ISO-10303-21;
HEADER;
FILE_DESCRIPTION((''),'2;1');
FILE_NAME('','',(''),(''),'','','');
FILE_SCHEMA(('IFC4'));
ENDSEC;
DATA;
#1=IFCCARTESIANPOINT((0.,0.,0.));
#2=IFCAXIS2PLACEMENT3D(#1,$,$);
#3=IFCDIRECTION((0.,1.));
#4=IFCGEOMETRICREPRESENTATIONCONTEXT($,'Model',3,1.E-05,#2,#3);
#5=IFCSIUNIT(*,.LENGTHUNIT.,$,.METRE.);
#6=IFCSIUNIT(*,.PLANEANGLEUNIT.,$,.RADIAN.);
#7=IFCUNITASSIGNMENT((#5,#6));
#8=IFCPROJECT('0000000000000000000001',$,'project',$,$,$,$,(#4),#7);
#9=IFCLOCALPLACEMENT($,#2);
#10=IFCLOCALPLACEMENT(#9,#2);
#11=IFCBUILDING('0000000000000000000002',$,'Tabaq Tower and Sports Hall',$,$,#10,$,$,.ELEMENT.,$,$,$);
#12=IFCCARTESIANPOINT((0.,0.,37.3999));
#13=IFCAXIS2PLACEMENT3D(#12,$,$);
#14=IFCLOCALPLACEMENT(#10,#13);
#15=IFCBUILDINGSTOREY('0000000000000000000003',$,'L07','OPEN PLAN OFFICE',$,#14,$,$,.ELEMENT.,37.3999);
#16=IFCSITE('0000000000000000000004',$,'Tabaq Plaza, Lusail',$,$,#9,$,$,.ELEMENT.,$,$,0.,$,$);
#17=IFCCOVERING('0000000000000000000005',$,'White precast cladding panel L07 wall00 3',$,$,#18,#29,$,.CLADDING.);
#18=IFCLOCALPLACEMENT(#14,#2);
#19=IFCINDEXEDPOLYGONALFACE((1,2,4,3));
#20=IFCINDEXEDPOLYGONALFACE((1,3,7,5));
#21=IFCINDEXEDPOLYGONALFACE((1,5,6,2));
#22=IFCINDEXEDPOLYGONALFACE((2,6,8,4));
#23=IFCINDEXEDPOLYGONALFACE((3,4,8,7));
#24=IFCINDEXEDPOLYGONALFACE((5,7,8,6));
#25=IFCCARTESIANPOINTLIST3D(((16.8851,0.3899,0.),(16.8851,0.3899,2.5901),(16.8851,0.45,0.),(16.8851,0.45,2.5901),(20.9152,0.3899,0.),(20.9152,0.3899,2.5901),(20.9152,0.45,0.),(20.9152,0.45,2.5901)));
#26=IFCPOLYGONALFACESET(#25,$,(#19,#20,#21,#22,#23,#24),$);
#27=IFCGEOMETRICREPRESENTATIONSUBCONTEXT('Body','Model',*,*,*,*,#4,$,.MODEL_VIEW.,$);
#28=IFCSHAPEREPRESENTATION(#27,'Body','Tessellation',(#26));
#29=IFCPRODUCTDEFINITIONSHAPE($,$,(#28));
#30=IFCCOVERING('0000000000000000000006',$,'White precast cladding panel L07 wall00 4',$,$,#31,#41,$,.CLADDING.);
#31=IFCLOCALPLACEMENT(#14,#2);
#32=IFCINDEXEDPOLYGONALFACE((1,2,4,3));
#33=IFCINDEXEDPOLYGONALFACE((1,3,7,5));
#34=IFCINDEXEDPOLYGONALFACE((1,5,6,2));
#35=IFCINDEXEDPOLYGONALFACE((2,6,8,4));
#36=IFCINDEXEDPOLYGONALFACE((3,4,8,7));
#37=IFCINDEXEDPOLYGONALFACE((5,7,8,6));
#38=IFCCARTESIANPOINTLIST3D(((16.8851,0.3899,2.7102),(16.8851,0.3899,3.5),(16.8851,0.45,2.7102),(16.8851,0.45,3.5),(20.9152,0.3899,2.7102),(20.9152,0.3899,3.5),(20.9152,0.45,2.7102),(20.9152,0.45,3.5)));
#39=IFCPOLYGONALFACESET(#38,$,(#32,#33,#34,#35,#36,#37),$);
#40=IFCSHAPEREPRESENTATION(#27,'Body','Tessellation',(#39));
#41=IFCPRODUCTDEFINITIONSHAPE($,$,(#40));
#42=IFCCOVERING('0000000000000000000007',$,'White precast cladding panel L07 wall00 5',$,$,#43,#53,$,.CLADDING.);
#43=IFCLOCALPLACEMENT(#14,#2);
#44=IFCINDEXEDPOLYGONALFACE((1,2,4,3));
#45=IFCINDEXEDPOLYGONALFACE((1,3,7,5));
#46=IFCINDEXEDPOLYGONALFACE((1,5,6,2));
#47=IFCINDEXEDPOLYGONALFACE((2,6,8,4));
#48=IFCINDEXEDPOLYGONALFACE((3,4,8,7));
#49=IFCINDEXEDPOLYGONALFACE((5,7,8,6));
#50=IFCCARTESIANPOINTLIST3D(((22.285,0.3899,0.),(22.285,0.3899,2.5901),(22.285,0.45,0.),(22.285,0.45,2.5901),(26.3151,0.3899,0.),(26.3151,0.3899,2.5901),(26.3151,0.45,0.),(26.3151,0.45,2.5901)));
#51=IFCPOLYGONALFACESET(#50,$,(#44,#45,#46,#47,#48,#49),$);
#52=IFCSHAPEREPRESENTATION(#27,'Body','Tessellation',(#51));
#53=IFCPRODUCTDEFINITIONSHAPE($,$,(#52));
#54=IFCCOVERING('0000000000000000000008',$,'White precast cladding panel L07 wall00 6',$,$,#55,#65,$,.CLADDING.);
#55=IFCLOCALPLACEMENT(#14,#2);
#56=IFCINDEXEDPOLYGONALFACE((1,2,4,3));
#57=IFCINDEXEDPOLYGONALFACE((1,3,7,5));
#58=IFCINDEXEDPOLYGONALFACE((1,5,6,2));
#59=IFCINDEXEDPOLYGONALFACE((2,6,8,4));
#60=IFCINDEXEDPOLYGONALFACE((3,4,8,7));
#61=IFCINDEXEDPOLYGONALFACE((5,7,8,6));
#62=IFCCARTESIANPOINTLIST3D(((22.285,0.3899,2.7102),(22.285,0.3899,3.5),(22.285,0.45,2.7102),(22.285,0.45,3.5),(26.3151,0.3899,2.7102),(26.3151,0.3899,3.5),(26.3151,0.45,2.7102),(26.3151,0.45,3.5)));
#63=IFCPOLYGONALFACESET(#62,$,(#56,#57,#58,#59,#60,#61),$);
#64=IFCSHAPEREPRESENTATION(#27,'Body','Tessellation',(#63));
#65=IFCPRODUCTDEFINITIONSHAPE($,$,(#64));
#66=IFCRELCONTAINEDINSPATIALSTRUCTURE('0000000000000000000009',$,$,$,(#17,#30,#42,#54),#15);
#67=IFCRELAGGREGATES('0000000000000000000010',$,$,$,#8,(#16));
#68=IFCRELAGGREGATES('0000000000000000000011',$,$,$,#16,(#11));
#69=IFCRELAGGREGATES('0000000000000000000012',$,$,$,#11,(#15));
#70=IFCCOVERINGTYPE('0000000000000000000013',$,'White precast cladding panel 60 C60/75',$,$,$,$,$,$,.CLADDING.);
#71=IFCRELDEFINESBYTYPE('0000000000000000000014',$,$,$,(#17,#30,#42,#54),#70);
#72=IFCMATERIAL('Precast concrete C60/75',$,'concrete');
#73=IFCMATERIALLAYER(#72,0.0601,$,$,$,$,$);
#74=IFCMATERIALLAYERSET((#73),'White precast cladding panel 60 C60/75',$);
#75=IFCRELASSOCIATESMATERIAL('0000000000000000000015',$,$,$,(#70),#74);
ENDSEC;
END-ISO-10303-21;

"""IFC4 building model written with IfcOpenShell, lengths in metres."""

from ifc_helpers import new_model, si_unit, direction, frame, frame_2d, origin, place, context, subcontext, project, spatial, rectangle, extrude, material, layer, layer_set, type_object, element, save


model = new_model("IFC4")

# Units and contexts
model_context = context("Model", 3, precision=1e-05, world=origin(), true_north=direction((0.0, 1.0)))
body_context = subcontext(model_context, "Body", "Model", "MODEL_VIEW")
ifc_project = project(units=[si_unit("LENGTHUNIT", "METRE"), si_unit("PLANEANGLEUNIT", "RADIAN")], contexts=[model_context])

# Site, building, storey
site_placement = place(None, origin())
site = spatial("IfcSite", under=ifc_project, at=site_placement, Name="Tabaq Plaza, Lusail", CompositionType="ELEMENT", RefElevation=0.0)
building_placement = place(site_placement, origin())
building = spatial("IfcBuilding", under=site, at=building_placement, Name="Tabaq Tower and Sports Hall", CompositionType="ELEMENT")
storey_placement = place(building_placement, frame((0.0, 0.0, 37.3999)))
storey = spatial("IfcBuildingStorey", under=building, at=storey_placement, Name="L07", Description="OPEN PLAN OFFICE", CompositionType="ELEMENT", Elevation=37.3999)

# Coverings
ifc_material_1 = material(Name="Precast concrete C60/75", Category="concrete")
ifc_layer_1 = layer(ifc_material_1, 0.0601)
ifc_layer_set_1 = layer_set([ifc_layer_1], Name="White precast cladding panel 60 C60/75")
covering_type_1 = type_object("IfcCoveringType", Name="White precast cladding panel 60 C60/75", PredefinedType="CLADDING", material=ifc_layer_set_1)
covering_1_placement = place(storey_placement, frame((16.885, 0.4199, 0.0), z_axis=(0.0, 0.0, 1.0), x_axis=(1.0, 0.0, 0.0)))
element("IfcCovering", 1, at=covering_1_placement, inside=storey, type_object=covering_type_1, Name="White precast cladding panel L07 wall00 3", PredefinedType="CLADDING", context=body_context, shape_type="SweptSolid", body=[
    extrude(rectangle(XDim=4.03, YDim=0.0601, at=frame_2d((2.0151, 0.0))), origin(), (0.0, 0.0, 1.0), 2.5901),
])
covering_2_placement = place(storey_placement, frame((16.885, 0.4199, 2.7102), z_axis=(0.0, 0.0, 1.0), x_axis=(1.0, 0.0, 0.0)))
element("IfcCovering", 2, at=covering_2_placement, inside=storey, type_object=covering_type_1, Name="White precast cladding panel L07 wall00 4", PredefinedType="CLADDING", context=body_context, shape_type="SweptSolid", body=[
    extrude(rectangle(XDim=4.03, YDim=0.0601, at=frame_2d((2.0151, 0.0))), origin(), (0.0, 0.0, 1.0), 0.7898),
])
covering_3_placement = place(storey_placement, frame((22.2849, 0.4199, 0.0), z_axis=(0.0, 0.0, 1.0), x_axis=(1.0, 0.0, 0.0)))
element("IfcCovering", 3, at=covering_3_placement, inside=storey, type_object=covering_type_1, Name="White precast cladding panel L07 wall00 5", PredefinedType="CLADDING", context=body_context, shape_type="SweptSolid", body=[
    extrude(rectangle(XDim=4.03, YDim=0.0601, at=frame_2d((2.0151, 0.0))), origin(), (0.0, 0.0, 1.0), 2.5901),
])
covering_4_placement = place(storey_placement, frame((22.2849, 0.4199, 2.7102), z_axis=(0.0, 0.0, 1.0), x_axis=(1.0, 0.0, 0.0)))
element("IfcCovering", 4, at=covering_4_placement, inside=storey, type_object=covering_type_1, Name="White precast cladding panel L07 wall00 6", PredefinedType="CLADDING", context=body_context, shape_type="SweptSolid", body=[
    extrude(rectangle(XDim=4.03, YDim=0.0601, at=frame_2d((2.0151, 0.0))), origin(), (0.0, 0.0, 1.0), 0.7898),
])

save(model, "model.ifc")
